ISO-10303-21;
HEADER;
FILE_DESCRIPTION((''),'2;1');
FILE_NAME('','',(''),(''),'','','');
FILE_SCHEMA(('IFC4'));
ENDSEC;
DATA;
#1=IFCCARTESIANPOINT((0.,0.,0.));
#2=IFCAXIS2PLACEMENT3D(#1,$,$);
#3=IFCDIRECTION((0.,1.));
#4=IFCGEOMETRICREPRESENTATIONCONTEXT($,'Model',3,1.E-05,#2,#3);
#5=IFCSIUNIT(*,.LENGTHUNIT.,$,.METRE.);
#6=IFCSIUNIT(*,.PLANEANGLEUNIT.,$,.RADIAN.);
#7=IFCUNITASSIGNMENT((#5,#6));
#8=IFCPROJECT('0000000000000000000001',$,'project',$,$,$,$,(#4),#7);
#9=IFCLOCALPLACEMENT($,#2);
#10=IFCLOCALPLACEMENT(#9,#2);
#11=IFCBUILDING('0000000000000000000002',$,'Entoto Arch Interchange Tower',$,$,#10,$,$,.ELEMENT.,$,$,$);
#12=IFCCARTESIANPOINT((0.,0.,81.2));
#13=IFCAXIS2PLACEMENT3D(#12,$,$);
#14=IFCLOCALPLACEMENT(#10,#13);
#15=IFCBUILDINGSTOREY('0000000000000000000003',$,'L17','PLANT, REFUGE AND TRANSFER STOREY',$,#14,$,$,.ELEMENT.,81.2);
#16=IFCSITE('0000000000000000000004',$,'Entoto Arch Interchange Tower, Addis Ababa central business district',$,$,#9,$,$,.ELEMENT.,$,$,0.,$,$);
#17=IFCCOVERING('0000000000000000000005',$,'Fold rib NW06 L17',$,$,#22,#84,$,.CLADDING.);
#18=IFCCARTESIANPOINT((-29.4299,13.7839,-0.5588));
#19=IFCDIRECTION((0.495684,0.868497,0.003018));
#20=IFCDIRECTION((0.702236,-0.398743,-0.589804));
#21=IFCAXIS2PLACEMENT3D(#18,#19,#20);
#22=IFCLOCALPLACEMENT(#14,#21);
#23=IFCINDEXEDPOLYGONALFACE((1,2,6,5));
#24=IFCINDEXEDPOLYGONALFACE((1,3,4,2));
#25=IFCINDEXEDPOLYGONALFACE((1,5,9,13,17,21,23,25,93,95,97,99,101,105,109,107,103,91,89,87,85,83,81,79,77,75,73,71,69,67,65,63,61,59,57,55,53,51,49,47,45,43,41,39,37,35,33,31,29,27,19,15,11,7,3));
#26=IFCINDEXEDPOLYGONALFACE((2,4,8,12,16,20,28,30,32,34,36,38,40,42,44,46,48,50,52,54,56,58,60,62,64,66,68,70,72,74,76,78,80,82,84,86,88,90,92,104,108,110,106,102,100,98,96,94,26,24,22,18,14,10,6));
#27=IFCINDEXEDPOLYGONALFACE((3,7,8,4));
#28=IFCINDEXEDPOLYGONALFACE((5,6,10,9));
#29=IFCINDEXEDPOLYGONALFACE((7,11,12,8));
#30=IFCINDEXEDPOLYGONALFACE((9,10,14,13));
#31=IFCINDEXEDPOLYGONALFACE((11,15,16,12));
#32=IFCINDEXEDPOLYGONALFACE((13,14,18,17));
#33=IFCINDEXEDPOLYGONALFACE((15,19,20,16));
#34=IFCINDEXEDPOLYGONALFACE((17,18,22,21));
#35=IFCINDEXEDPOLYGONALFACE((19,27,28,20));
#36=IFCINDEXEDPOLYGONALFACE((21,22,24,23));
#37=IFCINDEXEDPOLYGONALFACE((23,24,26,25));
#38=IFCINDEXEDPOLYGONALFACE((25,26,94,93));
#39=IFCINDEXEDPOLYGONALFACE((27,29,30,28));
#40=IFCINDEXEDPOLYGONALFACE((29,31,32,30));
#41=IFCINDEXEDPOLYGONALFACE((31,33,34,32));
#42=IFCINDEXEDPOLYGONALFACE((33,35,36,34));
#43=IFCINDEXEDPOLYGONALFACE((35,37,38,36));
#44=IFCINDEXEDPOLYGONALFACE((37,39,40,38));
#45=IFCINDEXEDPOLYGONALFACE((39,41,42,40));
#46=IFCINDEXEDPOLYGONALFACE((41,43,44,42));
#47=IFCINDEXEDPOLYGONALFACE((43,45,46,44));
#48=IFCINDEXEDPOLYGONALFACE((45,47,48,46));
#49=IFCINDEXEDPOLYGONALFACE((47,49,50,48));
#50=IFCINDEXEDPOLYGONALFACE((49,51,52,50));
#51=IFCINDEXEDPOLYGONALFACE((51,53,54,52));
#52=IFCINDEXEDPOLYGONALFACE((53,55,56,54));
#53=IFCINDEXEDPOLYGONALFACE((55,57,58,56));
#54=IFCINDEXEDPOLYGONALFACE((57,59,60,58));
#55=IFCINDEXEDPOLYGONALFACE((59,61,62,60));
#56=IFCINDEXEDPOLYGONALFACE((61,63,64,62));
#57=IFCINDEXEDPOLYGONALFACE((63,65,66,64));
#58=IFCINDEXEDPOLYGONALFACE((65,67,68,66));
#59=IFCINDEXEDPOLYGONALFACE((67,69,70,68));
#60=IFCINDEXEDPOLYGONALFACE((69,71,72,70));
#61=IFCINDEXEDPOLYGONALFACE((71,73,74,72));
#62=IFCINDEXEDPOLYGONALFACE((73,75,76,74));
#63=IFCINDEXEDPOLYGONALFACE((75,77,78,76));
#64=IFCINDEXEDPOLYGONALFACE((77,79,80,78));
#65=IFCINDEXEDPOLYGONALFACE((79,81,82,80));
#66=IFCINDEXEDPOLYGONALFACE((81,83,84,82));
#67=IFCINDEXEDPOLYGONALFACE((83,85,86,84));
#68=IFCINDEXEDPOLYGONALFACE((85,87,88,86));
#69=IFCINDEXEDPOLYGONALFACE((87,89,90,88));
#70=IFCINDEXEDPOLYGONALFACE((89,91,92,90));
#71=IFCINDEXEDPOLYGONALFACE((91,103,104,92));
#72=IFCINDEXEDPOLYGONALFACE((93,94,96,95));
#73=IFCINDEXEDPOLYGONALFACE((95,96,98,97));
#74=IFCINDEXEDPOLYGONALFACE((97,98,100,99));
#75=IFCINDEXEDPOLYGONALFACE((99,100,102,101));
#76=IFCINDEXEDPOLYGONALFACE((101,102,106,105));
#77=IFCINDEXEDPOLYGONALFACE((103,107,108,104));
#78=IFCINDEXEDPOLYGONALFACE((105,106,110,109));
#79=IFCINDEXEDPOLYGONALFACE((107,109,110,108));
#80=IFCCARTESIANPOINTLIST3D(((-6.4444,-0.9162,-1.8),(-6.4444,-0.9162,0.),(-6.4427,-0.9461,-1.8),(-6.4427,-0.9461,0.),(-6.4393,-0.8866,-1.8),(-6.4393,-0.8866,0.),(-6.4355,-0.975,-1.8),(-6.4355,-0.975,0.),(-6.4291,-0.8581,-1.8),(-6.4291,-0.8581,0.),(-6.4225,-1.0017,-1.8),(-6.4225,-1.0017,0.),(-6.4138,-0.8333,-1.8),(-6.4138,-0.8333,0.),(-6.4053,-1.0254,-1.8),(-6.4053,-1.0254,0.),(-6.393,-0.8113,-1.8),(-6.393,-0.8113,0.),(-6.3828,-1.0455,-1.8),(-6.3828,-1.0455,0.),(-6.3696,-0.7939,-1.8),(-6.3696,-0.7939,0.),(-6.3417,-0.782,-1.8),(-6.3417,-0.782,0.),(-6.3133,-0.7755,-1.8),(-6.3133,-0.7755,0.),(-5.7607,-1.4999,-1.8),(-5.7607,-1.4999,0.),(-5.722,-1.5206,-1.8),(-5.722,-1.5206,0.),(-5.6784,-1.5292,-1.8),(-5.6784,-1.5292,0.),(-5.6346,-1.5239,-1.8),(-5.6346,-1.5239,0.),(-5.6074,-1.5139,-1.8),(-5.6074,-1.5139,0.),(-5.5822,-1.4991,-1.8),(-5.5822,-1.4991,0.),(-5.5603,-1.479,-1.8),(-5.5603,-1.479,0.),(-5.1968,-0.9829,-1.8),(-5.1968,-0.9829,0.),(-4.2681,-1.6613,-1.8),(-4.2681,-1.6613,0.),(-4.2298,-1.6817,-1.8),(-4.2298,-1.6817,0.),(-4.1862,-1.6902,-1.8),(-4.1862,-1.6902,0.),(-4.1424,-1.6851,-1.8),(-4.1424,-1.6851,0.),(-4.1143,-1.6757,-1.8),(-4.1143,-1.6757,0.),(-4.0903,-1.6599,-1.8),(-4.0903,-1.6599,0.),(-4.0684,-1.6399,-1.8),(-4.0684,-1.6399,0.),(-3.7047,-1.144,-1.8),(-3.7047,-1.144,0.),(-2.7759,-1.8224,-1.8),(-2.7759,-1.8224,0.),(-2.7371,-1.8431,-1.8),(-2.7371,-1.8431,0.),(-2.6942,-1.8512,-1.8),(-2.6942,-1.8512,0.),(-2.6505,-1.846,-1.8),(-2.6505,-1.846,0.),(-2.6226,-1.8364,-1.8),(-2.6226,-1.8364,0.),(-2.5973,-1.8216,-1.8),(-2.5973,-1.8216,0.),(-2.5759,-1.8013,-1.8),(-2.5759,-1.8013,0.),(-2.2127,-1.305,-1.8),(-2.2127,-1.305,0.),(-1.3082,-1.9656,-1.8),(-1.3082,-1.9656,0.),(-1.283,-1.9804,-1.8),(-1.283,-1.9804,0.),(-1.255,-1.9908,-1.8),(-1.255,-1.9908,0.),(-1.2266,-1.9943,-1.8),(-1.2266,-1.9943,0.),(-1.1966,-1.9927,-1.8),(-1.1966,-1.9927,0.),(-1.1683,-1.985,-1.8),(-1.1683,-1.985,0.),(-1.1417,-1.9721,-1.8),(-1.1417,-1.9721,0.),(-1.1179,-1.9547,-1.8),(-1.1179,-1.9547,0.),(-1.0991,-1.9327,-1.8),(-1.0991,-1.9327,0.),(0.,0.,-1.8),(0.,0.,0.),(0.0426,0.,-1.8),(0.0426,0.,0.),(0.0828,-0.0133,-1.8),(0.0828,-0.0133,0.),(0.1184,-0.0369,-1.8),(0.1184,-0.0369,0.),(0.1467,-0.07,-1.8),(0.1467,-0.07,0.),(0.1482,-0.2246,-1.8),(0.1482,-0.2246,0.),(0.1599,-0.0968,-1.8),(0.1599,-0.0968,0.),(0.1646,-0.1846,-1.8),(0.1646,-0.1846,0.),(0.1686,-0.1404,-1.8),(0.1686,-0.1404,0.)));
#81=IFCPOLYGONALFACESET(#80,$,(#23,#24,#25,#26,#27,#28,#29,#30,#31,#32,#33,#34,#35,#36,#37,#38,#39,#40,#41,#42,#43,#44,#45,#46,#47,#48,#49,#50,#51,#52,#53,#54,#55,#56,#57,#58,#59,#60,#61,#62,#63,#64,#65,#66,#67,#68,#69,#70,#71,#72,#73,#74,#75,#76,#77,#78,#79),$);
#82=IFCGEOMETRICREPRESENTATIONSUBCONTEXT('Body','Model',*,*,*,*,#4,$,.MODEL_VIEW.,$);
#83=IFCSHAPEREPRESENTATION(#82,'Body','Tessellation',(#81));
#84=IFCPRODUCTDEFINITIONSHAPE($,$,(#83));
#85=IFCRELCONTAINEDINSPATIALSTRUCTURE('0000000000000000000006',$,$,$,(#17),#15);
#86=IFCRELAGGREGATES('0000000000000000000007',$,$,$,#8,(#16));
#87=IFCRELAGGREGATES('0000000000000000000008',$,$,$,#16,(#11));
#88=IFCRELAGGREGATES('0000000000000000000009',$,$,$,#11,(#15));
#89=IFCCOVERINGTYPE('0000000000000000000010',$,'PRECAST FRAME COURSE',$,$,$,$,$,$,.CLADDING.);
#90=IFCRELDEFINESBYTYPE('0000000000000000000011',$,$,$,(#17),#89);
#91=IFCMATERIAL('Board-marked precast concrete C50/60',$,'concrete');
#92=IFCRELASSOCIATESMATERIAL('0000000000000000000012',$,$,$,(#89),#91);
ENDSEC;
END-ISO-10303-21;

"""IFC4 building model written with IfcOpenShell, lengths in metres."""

from ifc_helpers import new_model, si_unit, direction, frame, origin, place, context, subcontext, project, spatial, polyline, outline, extrude, material, type_object, element, save


model = new_model("IFC4")

# Units and contexts
model_context = context("Model", 3, precision=1e-05, world=origin(), true_north=direction((0.0, 1.0)))
body_context = subcontext(model_context, "Body", "Model", "MODEL_VIEW")
ifc_project = project(units=[si_unit("LENGTHUNIT", "METRE"), si_unit("PLANEANGLEUNIT", "RADIAN")], contexts=[model_context])

# Site, building, storey
site_placement = place(None, origin())
site = spatial("IfcSite", under=ifc_project, at=site_placement, Name="Entoto Arch Interchange Tower, Addis Ababa central business district", CompositionType="ELEMENT", RefElevation=0.0)
building_placement = place(site_placement, origin())
building = spatial("IfcBuilding", under=site, at=building_placement, Name="Entoto Arch Interchange Tower", CompositionType="ELEMENT")
storey_placement = place(building_placement, frame((0.0, 0.0, 81.2)))
storey = spatial("IfcBuildingStorey", under=building, at=storey_placement, Name="L17", Description="PLANT, REFUGE AND TRANSFER STOREY", CompositionType="ELEMENT", Elevation=81.2)

# Shared definitions
ifc_material_1 = material(Name="Board-marked precast concrete C50/60", Category="concrete")

# Covering
covering_type = type_object("IfcCoveringType", Name="PRECAST FRAME COURSE", PredefinedType="CLADDING", material=ifc_material_1)
covering_placement = place(storey_placement, frame((-29.4299, 13.7839, -0.5588), z_axis=(0.495684, 0.868497, 0.003018), x_axis=(0.702236, -0.398743, -0.589804)))
element("IfcCovering", 1, at=covering_placement, inside=storey, type_object=covering_type, Name="Fold rib NW06 L17", PredefinedType="CLADDING", context=body_context, shape_type="SweptSolid", body=[
    extrude(outline(polyline([(0.0, 0.0), (0.0426, 0.0), (0.0828, -0.0133), (0.1184, -0.0369), (0.1467, -0.07), (0.1599, -0.0968), (0.1686, -0.1404), (0.1646, -0.1846), (0.1482, -0.2246), (-1.0991, -1.9327), (-1.1179, -1.9547), (-1.1417, -1.9721), (-1.1683, -1.985), (-1.1966, -1.9927), (-1.2266, -1.9943), (-1.255, -1.9908), (-1.283, -1.9804), (-1.3082, -1.9656), (-2.2127, -1.305), (-2.5759, -1.8013), (-2.5973, -1.8216), (-2.6226, -1.8364), (-2.6505, -1.846), (-2.6942, -1.8512), (-2.7371, -1.8431), (-2.7759, -1.8224), (-3.7047, -1.144), (-4.0684, -1.6399), (-4.0903, -1.6599), (-4.1143, -1.6757), (-4.1424, -1.6851), (-4.1862, -1.6902), (-4.2298, -1.6817), (-4.2681, -1.6613), (-5.1968, -0.9829), (-5.5603, -1.479), (-5.5822, -1.4991), (-5.6074, -1.5139), (-5.6346, -1.5239), (-5.6784, -1.5292), (-5.722, -1.5206), (-5.7607, -1.4999), (-6.3828, -1.0455), (-6.4053, -1.0254), (-6.4225, -1.0017), (-6.4355, -0.975), (-6.4427, -0.9461), (-6.4444, -0.9162), (-6.4393, -0.8866), (-6.4291, -0.8581), (-6.4138, -0.8333), (-6.393, -0.8113), (-6.3696, -0.7939), (-6.3417, -0.782), (-6.3133, -0.7755), (0.0, 0.0)])), origin(), (0.0, 0.0, -1.0), 1.8),
])

save(model, "model.ifc")
